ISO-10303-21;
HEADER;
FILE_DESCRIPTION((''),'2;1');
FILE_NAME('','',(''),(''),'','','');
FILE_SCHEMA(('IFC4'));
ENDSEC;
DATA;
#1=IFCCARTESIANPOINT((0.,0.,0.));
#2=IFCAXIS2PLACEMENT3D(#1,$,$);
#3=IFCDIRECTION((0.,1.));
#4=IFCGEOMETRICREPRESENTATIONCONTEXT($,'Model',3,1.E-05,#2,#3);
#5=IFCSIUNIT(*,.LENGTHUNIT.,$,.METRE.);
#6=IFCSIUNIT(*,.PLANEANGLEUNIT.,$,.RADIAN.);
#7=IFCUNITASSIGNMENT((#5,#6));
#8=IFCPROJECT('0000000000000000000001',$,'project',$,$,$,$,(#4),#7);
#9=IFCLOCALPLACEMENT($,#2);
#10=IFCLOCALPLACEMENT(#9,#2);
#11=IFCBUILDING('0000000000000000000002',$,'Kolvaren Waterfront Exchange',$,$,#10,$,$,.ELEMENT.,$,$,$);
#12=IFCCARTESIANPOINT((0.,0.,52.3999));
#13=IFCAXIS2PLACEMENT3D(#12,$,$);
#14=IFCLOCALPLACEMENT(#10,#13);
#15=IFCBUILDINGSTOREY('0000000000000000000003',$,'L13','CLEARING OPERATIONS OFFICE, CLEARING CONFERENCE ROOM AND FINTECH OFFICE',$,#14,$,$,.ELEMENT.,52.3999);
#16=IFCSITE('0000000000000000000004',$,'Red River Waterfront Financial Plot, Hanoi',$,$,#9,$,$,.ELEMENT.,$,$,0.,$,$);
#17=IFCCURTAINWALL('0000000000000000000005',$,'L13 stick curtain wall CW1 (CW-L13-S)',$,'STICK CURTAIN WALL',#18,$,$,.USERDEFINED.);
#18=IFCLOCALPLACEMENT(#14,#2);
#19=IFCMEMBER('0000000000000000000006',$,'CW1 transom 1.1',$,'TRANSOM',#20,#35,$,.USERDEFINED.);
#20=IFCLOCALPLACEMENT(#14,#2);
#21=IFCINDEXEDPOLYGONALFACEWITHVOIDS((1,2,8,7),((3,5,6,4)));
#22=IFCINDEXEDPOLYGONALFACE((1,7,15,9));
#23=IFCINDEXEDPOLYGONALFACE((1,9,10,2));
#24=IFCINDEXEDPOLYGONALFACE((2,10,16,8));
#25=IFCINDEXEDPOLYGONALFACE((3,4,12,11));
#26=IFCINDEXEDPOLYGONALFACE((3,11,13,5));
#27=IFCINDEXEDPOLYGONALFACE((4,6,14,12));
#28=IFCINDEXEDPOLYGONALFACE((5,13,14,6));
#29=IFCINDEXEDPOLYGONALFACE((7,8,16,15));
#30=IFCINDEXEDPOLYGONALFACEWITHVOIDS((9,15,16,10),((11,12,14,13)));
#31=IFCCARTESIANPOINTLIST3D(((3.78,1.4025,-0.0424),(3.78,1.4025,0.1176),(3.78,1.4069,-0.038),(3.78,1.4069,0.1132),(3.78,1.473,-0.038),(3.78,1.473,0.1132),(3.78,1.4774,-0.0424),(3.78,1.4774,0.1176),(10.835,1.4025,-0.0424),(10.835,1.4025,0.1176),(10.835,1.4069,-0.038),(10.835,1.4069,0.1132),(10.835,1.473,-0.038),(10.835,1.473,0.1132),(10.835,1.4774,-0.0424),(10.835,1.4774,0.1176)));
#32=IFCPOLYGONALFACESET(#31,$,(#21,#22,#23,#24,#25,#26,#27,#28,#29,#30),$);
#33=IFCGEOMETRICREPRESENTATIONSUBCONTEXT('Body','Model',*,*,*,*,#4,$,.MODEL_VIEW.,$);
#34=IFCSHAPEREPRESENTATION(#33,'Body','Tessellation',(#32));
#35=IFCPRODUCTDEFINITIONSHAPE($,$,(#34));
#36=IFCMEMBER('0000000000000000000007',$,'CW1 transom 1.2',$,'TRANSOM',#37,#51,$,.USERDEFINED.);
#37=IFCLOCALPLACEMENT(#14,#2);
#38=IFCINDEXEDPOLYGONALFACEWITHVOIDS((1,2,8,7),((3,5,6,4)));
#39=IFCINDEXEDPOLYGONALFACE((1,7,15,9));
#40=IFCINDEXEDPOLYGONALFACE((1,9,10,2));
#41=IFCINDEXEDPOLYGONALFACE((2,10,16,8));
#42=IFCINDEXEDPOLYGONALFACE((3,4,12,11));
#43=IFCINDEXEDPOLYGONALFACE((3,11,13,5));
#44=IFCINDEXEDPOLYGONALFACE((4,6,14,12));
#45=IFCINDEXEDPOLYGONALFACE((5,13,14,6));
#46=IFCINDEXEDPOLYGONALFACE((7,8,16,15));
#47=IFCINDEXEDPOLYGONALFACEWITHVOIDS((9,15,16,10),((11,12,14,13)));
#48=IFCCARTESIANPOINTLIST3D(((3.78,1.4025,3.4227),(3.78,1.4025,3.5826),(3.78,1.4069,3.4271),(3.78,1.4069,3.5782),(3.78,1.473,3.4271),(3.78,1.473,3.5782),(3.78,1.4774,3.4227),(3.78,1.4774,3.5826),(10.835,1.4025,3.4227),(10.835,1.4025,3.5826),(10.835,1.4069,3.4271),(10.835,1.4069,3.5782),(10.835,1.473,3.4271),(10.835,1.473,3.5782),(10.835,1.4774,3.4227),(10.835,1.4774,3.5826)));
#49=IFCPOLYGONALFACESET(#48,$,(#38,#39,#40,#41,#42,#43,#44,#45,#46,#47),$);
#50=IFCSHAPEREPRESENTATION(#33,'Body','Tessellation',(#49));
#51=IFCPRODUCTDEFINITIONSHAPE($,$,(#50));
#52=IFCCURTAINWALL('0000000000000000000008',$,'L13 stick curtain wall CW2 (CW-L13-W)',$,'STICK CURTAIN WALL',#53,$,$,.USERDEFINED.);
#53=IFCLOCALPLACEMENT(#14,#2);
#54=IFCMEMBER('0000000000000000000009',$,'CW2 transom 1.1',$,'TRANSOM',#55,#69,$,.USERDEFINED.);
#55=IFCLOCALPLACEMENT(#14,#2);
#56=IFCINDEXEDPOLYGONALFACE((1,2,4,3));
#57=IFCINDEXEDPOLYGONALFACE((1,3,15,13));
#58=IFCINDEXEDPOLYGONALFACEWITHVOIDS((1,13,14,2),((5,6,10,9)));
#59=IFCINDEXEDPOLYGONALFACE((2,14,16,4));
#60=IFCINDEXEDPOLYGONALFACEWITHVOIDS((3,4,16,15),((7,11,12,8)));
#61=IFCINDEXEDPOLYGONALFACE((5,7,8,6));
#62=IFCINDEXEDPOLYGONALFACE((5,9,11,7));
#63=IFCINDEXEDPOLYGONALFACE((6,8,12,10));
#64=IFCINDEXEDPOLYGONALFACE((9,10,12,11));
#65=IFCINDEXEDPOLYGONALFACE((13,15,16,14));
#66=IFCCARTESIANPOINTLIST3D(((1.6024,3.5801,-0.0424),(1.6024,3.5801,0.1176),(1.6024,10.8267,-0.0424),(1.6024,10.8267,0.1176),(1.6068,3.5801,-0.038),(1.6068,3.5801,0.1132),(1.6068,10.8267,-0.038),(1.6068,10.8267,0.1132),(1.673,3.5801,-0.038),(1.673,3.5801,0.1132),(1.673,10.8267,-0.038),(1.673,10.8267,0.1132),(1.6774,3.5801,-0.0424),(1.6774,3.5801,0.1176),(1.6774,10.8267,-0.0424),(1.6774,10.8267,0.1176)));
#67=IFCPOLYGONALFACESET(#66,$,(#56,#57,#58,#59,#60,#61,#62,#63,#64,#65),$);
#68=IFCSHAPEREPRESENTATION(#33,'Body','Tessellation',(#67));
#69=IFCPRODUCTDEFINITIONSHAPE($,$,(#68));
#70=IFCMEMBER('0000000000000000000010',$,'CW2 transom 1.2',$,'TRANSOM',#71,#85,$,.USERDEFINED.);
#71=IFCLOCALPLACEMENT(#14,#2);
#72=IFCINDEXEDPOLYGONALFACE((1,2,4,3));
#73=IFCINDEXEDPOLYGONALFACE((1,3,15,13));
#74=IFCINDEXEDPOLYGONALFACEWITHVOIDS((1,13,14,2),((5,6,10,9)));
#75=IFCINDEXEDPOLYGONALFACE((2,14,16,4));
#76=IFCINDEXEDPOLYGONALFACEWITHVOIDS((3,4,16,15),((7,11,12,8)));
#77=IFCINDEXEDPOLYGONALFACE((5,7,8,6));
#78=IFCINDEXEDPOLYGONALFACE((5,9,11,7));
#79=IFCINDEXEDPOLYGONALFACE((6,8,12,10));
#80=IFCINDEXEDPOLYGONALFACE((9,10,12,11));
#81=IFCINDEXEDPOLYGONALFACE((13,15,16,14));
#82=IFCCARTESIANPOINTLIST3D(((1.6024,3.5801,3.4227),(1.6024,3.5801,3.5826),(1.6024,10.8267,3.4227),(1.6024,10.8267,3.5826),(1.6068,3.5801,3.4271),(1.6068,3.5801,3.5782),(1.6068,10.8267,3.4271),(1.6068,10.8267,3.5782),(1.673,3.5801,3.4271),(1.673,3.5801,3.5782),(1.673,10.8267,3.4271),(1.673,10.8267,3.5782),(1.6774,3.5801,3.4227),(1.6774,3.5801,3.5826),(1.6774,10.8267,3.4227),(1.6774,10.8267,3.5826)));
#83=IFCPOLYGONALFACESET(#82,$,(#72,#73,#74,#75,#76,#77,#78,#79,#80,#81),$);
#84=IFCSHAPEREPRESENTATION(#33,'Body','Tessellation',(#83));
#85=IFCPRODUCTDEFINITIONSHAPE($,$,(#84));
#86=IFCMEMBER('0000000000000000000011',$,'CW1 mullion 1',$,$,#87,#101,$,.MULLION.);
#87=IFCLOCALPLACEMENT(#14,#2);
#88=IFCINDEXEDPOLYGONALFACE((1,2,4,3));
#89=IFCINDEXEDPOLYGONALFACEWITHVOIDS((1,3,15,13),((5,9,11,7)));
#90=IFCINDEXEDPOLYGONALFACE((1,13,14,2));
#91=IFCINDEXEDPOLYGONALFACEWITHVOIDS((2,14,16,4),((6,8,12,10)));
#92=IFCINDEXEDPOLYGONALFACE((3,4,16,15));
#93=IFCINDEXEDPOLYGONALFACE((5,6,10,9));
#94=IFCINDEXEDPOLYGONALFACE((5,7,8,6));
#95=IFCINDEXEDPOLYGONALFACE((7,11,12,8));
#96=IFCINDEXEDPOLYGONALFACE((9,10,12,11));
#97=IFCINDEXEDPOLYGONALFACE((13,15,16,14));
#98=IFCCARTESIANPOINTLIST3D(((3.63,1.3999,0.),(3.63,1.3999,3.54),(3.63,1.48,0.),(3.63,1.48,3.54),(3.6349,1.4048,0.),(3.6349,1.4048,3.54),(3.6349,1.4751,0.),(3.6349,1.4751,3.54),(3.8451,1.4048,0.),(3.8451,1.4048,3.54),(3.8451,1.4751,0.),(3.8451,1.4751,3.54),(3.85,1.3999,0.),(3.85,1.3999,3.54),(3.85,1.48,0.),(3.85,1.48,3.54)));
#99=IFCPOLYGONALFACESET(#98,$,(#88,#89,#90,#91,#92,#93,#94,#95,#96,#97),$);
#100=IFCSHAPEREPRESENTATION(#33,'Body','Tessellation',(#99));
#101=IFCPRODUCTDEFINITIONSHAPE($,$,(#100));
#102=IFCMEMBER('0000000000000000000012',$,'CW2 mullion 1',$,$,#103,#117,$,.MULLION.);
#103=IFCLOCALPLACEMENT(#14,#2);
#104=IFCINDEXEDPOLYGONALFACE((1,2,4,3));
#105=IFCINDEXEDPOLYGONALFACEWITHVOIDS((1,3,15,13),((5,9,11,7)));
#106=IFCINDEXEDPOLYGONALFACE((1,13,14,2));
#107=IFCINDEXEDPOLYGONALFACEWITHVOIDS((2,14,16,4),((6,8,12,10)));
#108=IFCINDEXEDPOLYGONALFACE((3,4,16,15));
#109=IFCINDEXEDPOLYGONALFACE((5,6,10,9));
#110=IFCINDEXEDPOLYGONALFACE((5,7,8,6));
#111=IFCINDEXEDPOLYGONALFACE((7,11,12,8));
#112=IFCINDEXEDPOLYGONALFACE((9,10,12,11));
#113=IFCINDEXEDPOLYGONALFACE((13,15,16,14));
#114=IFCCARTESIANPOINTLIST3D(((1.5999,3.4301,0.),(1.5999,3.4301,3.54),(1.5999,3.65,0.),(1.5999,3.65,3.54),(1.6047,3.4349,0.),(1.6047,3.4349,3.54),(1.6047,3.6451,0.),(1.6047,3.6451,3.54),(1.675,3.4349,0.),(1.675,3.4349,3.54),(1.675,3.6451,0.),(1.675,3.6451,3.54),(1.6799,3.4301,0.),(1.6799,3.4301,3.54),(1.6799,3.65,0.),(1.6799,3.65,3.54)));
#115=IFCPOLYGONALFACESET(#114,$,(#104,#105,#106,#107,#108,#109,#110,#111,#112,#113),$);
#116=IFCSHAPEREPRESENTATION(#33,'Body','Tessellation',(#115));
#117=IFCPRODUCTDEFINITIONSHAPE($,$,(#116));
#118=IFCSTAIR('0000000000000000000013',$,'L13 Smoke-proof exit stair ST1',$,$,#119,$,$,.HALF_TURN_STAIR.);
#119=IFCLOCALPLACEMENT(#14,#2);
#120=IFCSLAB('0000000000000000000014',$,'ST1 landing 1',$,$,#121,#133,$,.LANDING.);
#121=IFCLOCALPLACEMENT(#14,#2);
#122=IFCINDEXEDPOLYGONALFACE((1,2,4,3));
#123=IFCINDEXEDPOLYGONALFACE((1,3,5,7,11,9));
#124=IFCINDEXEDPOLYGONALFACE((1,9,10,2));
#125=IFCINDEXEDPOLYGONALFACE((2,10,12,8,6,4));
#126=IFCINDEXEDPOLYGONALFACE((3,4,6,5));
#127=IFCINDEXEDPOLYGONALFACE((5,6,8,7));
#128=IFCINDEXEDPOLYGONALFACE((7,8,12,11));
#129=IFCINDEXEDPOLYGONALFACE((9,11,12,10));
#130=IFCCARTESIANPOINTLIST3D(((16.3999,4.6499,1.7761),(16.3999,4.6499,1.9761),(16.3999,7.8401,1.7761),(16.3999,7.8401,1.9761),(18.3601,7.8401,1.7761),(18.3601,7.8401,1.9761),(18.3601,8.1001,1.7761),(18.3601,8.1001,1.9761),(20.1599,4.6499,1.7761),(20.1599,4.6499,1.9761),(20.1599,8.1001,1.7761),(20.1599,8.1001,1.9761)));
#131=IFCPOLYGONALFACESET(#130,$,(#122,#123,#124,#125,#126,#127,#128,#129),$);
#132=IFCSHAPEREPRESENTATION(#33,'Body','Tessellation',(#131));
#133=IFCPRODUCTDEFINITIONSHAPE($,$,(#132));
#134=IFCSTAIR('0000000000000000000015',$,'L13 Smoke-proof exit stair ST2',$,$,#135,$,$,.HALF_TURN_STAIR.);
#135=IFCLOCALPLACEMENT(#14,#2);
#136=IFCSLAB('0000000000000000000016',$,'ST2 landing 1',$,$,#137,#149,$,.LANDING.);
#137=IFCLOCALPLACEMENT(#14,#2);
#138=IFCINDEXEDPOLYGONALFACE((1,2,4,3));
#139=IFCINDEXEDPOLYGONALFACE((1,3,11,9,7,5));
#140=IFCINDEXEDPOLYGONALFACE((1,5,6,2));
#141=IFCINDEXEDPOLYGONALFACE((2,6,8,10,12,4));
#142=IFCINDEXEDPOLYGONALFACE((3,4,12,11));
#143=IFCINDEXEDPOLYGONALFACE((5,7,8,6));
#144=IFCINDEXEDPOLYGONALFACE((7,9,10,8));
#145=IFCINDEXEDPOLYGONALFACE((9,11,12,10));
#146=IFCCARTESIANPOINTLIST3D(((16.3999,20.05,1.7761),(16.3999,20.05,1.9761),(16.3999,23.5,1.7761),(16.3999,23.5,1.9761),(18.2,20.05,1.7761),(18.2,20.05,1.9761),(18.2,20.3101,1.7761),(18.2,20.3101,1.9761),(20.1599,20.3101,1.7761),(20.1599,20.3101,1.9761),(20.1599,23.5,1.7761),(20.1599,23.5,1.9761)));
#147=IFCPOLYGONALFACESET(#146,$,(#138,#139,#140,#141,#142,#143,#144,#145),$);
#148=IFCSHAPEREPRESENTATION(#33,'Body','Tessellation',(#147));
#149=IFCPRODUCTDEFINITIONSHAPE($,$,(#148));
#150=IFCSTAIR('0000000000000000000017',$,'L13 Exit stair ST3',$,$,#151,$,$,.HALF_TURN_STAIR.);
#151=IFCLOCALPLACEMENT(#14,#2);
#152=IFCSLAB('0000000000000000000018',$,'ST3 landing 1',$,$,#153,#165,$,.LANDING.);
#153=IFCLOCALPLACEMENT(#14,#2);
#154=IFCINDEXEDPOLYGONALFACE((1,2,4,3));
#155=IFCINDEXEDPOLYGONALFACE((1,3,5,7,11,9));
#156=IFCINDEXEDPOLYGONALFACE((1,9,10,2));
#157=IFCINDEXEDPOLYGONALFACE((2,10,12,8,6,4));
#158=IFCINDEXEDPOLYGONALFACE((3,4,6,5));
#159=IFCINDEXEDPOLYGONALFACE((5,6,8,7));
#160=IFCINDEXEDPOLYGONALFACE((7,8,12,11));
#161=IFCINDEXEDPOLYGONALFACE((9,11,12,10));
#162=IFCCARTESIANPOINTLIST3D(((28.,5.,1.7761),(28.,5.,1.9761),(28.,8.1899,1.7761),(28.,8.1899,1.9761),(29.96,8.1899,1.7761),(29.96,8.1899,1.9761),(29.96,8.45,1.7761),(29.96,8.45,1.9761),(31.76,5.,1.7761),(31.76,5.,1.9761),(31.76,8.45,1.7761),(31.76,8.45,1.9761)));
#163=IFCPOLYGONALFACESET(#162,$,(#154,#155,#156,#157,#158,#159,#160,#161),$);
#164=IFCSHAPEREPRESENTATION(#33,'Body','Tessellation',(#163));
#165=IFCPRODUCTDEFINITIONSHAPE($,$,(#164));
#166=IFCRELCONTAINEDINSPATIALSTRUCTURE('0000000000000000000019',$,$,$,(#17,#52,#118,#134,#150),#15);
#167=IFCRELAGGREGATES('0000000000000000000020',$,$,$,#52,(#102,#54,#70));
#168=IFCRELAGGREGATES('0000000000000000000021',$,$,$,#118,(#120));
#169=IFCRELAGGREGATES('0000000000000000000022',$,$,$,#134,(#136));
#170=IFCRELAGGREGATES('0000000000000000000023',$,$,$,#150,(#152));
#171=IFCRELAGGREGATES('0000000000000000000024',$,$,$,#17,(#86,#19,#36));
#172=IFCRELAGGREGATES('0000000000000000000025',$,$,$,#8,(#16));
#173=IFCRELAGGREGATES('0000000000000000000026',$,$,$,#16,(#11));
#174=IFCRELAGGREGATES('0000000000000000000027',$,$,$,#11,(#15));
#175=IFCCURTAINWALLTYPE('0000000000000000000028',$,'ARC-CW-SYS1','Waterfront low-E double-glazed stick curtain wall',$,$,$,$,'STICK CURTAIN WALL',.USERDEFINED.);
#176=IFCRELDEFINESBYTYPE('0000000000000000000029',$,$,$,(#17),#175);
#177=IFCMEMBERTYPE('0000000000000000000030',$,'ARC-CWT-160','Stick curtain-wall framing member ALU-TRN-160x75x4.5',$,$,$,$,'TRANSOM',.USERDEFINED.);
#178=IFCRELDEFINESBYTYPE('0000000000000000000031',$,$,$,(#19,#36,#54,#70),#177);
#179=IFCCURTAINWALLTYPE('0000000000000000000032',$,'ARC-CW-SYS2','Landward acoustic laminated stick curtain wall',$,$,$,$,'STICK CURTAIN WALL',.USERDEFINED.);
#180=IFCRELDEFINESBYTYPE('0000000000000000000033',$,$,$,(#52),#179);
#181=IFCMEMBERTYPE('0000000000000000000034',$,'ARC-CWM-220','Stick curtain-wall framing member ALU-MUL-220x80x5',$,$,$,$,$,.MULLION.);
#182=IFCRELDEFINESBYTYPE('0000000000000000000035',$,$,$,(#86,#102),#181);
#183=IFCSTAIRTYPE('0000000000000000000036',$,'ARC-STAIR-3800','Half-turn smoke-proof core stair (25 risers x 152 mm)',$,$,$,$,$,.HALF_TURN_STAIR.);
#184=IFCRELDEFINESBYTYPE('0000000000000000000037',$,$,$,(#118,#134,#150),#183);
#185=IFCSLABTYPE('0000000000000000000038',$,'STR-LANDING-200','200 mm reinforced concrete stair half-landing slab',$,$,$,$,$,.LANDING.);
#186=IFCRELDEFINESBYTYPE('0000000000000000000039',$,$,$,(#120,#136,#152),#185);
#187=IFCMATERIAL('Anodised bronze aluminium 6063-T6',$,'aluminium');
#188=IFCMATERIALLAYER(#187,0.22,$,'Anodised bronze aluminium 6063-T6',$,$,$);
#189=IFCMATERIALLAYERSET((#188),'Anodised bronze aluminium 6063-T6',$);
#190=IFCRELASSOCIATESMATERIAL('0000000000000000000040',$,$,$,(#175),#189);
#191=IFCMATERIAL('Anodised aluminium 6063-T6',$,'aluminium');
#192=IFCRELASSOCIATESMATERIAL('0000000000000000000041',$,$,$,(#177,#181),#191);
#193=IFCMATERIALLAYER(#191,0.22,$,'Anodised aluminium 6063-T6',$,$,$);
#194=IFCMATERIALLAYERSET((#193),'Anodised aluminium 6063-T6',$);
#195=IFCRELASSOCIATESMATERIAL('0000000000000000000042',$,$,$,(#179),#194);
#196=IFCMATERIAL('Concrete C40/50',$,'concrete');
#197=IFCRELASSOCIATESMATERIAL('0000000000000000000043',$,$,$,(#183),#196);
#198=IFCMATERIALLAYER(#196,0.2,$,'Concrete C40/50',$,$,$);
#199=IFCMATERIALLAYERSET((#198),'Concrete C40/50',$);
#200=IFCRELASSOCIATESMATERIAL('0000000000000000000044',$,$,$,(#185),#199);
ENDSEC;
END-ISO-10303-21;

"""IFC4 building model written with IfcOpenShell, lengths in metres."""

from ifc_helpers import new_model, si_unit, direction, frame, origin, origin_with_axes, origin_2d, place, context, subcontext, project, spatial, polyline, hollow_rectangle, outline, extrude, source, transform, mapped, material, layer, layer_set, material_profile, profile_set, type_object, element, aggregate, save


model = new_model("IFC4")

# Units and contexts
model_context = context("Model", 3, precision=1e-05, world=origin(), true_north=direction((0.0, 1.0)))
body_context = subcontext(model_context, "Body", "Model", "MODEL_VIEW")
ifc_project = project(units=[si_unit("LENGTHUNIT", "METRE"), si_unit("PLANEANGLEUNIT", "RADIAN")], contexts=[model_context])

# Site, building, storey
site_placement = place(None, origin())
site = spatial("IfcSite", under=ifc_project, at=site_placement, Name="Red River Waterfront Financial Plot, Hanoi", CompositionType="ELEMENT", RefElevation=0.0)
building_placement = place(site_placement, origin())
building = spatial("IfcBuilding", under=site, at=building_placement, Name="Kolvaren Waterfront Exchange", CompositionType="ELEMENT")
storey_placement = place(building_placement, frame((0.0, 0.0, 52.3999)))
storey = spatial("IfcBuildingStorey", under=building, at=storey_placement, Name="L13", Description="CLEARING OPERATIONS OFFICE, CLEARING CONFERENCE ROOM AND FINTECH OFFICE", CompositionType="ELEMENT", Elevation=52.3999)

# Curtain walls, members
ifc_material_1 = material(Name="Anodised bronze aluminium 6063-T6", Category="aluminium")
ifc_layer_1 = layer(ifc_material_1, 0.22, Name="Anodised bronze aluminium 6063-T6")
ifc_layer_set_1 = layer_set([ifc_layer_1], Name="Anodised bronze aluminium 6063-T6")
curtain_wall_type_1 = type_object("IfcCurtainWallType", Name="ARC-CW-SYS1", Description="Waterfront low-E double-glazed stick curtain wall", ElementType="STICK CURTAIN WALL", PredefinedType="USERDEFINED", material=ifc_layer_set_1)
curtain_wall_1_placement = place(storey_placement, origin())
curtain_wall_1 = element("IfcCurtainWall", 1, at=curtain_wall_1_placement, inside=storey, type_object=curtain_wall_type_1, Name="L13 stick curtain wall CW1 (CW-L13-S)", ObjectType="STICK CURTAIN WALL", PredefinedType="USERDEFINED")
ifc_material_2 = material(Name="Anodised aluminium 6063-T6", Category="aluminium")
ifc_material_profile_1 = material_profile(ifc_material_2, hollow_rectangle(XDim=0.075, YDim=0.1599, WallThickness=0.0044, at=origin_2d()), Name="ALU-TRN-160x75x4.5")
ifc_profile_set_1 = profile_set([ifc_material_profile_1], Name="Anodised aluminium 6063-T6")
member_type_1 = type_object("IfcMemberType", Name="ARC-CWT-160", Description="Stick curtain-wall framing member ALU-TRN-160x75x4.5", ElementType="TRANSOM", PredefinedType="USERDEFINED", material=ifc_profile_set_1)
shared_shape_1 = source(origin_with_axes(), body_context, "Body", "SweptSolid", [
    extrude(hollow_rectangle(XDim=0.075, YDim=0.1599, WallThickness=0.0044, at=origin_2d()), origin(), (0.0, 0.0, 1.0), 7.0549),
])
member_1_placement = place(storey_placement, frame((3.78, 1.4399, 0.0376), z_axis=(1.0, 0.0, 0.0), x_axis=(0.0, 1.0, 0.0)))
member_1 = element("IfcMember", 2, at=member_1_placement, type_object=member_type_1, Name="CW1 transom 1.1", ObjectType="TRANSOM", PredefinedType="USERDEFINED", context=body_context, shape_type="MappedRepresentation", body=[
    mapped(shared_shape_1, transform((0.0, 0.0, 0.0), x_axis=(1.0, 0.0, 0.0), y_axis=(0.0, 1.0, 0.0), z_axis=(0.0, 0.0, 1.0), scale=1.0)),
])
member_2_placement = place(storey_placement, frame((3.78, 1.4399, 3.5027), z_axis=(1.0, 0.0, 0.0), x_axis=(0.0, 1.0, 0.0)))
member_2 = element("IfcMember", 3, at=member_2_placement, type_object=member_type_1, Name="CW1 transom 1.2", ObjectType="TRANSOM", PredefinedType="USERDEFINED", context=body_context, shape_type="MappedRepresentation", body=[
    mapped(shared_shape_1, transform((0.0, 0.0, 0.0), x_axis=(1.0, 0.0, 0.0), y_axis=(0.0, 1.0, 0.0), z_axis=(0.0, 0.0, 1.0), scale=1.0)),
])
ifc_layer_2 = layer(ifc_material_2, 0.22, Name="Anodised aluminium 6063-T6")
ifc_layer_set_2 = layer_set([ifc_layer_2], Name="Anodised aluminium 6063-T6")
curtain_wall_type_2 = type_object("IfcCurtainWallType", Name="ARC-CW-SYS2", Description="Landward acoustic laminated stick curtain wall", ElementType="STICK CURTAIN WALL", PredefinedType="USERDEFINED", material=ifc_layer_set_2)
curtain_wall_2_placement = place(storey_placement, origin())
curtain_wall_2 = element("IfcCurtainWall", 4, at=curtain_wall_2_placement, inside=storey, type_object=curtain_wall_type_2, Name="L13 stick curtain wall CW2 (CW-L13-W)", ObjectType="STICK CURTAIN WALL", PredefinedType="USERDEFINED")
shared_shape_2 = source(origin_with_axes(), body_context, "Body", "SweptSolid", [
    extrude(hollow_rectangle(XDim=0.075, YDim=0.1599, WallThickness=0.0044, at=origin_2d()), origin(), (0.0, 0.0, 1.0), 7.2466),
])
member_3_placement = place(storey_placement, frame((1.6399, 3.5801, 0.0376), z_axis=(0.0, 1.0, 0.0), x_axis=(-1.0, 0.0, 0.0)))
member_3 = element("IfcMember", 5, at=member_3_placement, type_object=member_type_1, Name="CW2 transom 1.1", ObjectType="TRANSOM", PredefinedType="USERDEFINED", context=body_context, shape_type="MappedRepresentation", body=[
    mapped(shared_shape_2, transform((0.0, 0.0, 0.0), x_axis=(1.0, 0.0, 0.0), y_axis=(0.0, 1.0, 0.0), z_axis=(0.0, 0.0, 1.0), scale=1.0)),
])
member_4_placement = place(storey_placement, frame((1.6399, 3.5801, 3.5027), z_axis=(0.0, 1.0, 0.0), x_axis=(-1.0, 0.0, 0.0)))
member_4 = element("IfcMember", 6, at=member_4_placement, type_object=member_type_1, Name="CW2 transom 1.2", ObjectType="TRANSOM", PredefinedType="USERDEFINED", context=body_context, shape_type="MappedRepresentation", body=[
    mapped(shared_shape_2, transform((0.0, 0.0, 0.0), x_axis=(1.0, 0.0, 0.0), y_axis=(0.0, 1.0, 0.0), z_axis=(0.0, 0.0, 1.0), scale=1.0)),
])

# Members
ifc_material_profile_2 = material_profile(ifc_material_2, hollow_rectangle(XDim=0.0801, YDim=0.22, WallThickness=0.0049, at=origin_2d()), Name="ALU-MUL-220x80x5")
ifc_profile_set_2 = profile_set([ifc_material_profile_2], Name="Anodised aluminium 6063-T6")
member_type_2 = type_object("IfcMemberType", Name="ARC-CWM-220", Description="Stick curtain-wall framing member ALU-MUL-220x80x5", PredefinedType="MULLION", material=ifc_profile_set_2)
shared_shape_3 = source(origin_with_axes(), body_context, "Body", "SweptSolid", [
    extrude(hollow_rectangle(XDim=0.0801, YDim=0.22, WallThickness=0.0049, at=origin_2d()), origin(), (0.0, 0.0, 1.0), 3.54),
])
member_5_placement = place(storey_placement, frame((3.74, 1.4399, 0.0), z_axis=(0.0, 0.0, 1.0), x_axis=(0.0, 1.0, 0.0)))
member_5 = element("IfcMember", 7, at=member_5_placement, type_object=member_type_2, Name="CW1 mullion 1", PredefinedType="MULLION", context=body_context, shape_type="MappedRepresentation", body=[
    mapped(shared_shape_3, transform((0.0, 0.0, 0.0), x_axis=(1.0, 0.0, 0.0), y_axis=(0.0, 1.0, 0.0), z_axis=(0.0, 0.0, 1.0), scale=1.0)),
])
member_6_placement = place(storey_placement, frame((1.6399, 3.54, 0.0), z_axis=(0.0, 0.0, 1.0), x_axis=(-1.0, 0.0, 0.0)))
member_6 = element("IfcMember", 8, at=member_6_placement, type_object=member_type_2, Name="CW2 mullion 1", PredefinedType="MULLION", context=body_context, shape_type="MappedRepresentation", body=[
    mapped(shared_shape_3, transform((0.0, 0.0, 0.0), x_axis=(1.0, 0.0, 0.0), y_axis=(0.0, 1.0, 0.0), z_axis=(0.0, 0.0, 1.0), scale=1.0)),
])
aggregate(curtain_wall_2, [member_6, member_3, member_4])

# Stairs, slabs
ifc_material_3 = material(Name="Concrete C40/50", Category="concrete")
stair_type = type_object("IfcStairType", Name="ARC-STAIR-3800", Description="Half-turn smoke-proof core stair (25 risers x 152 mm)", PredefinedType="HALF_TURN_STAIR", material=ifc_material_3)
stair_1_placement = place(storey_placement, origin())
stair_1 = element("IfcStair", 9, at=stair_1_placement, inside=storey, type_object=stair_type, Name="L13 Smoke-proof exit stair ST1", PredefinedType="HALF_TURN_STAIR")
ifc_layer_3 = layer(ifc_material_3, 0.2, Name="Concrete C40/50")
ifc_layer_set_3 = layer_set([ifc_layer_3], Name="Concrete C40/50")
slab_type_1 = type_object("IfcSlabType", Name="STR-LANDING-200", Description="200 mm reinforced concrete stair half-landing slab", PredefinedType="LANDING", material=ifc_layer_set_3)
slab_1_placement = place(storey_placement, frame((0.0, 0.0, 1.7761)))
slab_1 = element("IfcSlab", 10, at=slab_1_placement, type_object=slab_type_1, Name="ST1 landing 1", PredefinedType="LANDING", context=body_context, shape_type="SweptSolid", body=[
    extrude(outline(polyline([(16.3999, 7.8401), (16.3999, 4.6499), (20.1599, 4.6499), (20.1599, 8.1001), (18.3601, 8.1001), (18.3601, 7.8401), (16.3999, 7.8401)])), origin(), (0.0, 0.0, 1.0), 0.2),
])
aggregate(stair_1, [slab_1])
stair_2_placement = place(storey_placement, origin())
stair_2 = element("IfcStair", 11, at=stair_2_placement, inside=storey, type_object=stair_type, Name="L13 Smoke-proof exit stair ST2", PredefinedType="HALF_TURN_STAIR")
slab_2_placement = place(storey_placement, frame((0.0, 0.0, 1.7761)))
slab_2 = element("IfcSlab", 12, at=slab_2_placement, type_object=slab_type_1, Name="ST2 landing 1", PredefinedType="LANDING", context=body_context, shape_type="SweptSolid", body=[
    extrude(outline(polyline([(20.1599, 20.3101), (20.1599, 23.5), (16.3999, 23.5), (16.3999, 20.05), (18.2, 20.05), (18.2, 20.3101), (20.1599, 20.3101)])), origin(), (0.0, 0.0, 1.0), 0.2),
])
aggregate(stair_2, [slab_2])
stair_3_placement = place(storey_placement, origin())
stair_3 = element("IfcStair", 13, at=stair_3_placement, inside=storey, type_object=stair_type, Name="L13 Exit stair ST3", PredefinedType="HALF_TURN_STAIR")
slab_3_placement = place(storey_placement, frame((0.0, 0.0, 1.7761)))
slab_3 = element("IfcSlab", 14, at=slab_3_placement, type_object=slab_type_1, Name="ST3 landing 1", PredefinedType="LANDING", context=body_context, shape_type="SweptSolid", body=[
    extrude(outline(polyline([(28.0, 8.1899), (28.0, 5.0), (31.76, 5.0), (31.76, 8.45), (29.96, 8.45), (29.96, 8.1899), (28.0, 8.1899)])), origin(), (0.0, 0.0, 1.0), 0.2),
])
aggregate(stair_3, [slab_3])

aggregate(curtain_wall_1, [member_5, member_1, member_2])

save(model, "model.ifc")
